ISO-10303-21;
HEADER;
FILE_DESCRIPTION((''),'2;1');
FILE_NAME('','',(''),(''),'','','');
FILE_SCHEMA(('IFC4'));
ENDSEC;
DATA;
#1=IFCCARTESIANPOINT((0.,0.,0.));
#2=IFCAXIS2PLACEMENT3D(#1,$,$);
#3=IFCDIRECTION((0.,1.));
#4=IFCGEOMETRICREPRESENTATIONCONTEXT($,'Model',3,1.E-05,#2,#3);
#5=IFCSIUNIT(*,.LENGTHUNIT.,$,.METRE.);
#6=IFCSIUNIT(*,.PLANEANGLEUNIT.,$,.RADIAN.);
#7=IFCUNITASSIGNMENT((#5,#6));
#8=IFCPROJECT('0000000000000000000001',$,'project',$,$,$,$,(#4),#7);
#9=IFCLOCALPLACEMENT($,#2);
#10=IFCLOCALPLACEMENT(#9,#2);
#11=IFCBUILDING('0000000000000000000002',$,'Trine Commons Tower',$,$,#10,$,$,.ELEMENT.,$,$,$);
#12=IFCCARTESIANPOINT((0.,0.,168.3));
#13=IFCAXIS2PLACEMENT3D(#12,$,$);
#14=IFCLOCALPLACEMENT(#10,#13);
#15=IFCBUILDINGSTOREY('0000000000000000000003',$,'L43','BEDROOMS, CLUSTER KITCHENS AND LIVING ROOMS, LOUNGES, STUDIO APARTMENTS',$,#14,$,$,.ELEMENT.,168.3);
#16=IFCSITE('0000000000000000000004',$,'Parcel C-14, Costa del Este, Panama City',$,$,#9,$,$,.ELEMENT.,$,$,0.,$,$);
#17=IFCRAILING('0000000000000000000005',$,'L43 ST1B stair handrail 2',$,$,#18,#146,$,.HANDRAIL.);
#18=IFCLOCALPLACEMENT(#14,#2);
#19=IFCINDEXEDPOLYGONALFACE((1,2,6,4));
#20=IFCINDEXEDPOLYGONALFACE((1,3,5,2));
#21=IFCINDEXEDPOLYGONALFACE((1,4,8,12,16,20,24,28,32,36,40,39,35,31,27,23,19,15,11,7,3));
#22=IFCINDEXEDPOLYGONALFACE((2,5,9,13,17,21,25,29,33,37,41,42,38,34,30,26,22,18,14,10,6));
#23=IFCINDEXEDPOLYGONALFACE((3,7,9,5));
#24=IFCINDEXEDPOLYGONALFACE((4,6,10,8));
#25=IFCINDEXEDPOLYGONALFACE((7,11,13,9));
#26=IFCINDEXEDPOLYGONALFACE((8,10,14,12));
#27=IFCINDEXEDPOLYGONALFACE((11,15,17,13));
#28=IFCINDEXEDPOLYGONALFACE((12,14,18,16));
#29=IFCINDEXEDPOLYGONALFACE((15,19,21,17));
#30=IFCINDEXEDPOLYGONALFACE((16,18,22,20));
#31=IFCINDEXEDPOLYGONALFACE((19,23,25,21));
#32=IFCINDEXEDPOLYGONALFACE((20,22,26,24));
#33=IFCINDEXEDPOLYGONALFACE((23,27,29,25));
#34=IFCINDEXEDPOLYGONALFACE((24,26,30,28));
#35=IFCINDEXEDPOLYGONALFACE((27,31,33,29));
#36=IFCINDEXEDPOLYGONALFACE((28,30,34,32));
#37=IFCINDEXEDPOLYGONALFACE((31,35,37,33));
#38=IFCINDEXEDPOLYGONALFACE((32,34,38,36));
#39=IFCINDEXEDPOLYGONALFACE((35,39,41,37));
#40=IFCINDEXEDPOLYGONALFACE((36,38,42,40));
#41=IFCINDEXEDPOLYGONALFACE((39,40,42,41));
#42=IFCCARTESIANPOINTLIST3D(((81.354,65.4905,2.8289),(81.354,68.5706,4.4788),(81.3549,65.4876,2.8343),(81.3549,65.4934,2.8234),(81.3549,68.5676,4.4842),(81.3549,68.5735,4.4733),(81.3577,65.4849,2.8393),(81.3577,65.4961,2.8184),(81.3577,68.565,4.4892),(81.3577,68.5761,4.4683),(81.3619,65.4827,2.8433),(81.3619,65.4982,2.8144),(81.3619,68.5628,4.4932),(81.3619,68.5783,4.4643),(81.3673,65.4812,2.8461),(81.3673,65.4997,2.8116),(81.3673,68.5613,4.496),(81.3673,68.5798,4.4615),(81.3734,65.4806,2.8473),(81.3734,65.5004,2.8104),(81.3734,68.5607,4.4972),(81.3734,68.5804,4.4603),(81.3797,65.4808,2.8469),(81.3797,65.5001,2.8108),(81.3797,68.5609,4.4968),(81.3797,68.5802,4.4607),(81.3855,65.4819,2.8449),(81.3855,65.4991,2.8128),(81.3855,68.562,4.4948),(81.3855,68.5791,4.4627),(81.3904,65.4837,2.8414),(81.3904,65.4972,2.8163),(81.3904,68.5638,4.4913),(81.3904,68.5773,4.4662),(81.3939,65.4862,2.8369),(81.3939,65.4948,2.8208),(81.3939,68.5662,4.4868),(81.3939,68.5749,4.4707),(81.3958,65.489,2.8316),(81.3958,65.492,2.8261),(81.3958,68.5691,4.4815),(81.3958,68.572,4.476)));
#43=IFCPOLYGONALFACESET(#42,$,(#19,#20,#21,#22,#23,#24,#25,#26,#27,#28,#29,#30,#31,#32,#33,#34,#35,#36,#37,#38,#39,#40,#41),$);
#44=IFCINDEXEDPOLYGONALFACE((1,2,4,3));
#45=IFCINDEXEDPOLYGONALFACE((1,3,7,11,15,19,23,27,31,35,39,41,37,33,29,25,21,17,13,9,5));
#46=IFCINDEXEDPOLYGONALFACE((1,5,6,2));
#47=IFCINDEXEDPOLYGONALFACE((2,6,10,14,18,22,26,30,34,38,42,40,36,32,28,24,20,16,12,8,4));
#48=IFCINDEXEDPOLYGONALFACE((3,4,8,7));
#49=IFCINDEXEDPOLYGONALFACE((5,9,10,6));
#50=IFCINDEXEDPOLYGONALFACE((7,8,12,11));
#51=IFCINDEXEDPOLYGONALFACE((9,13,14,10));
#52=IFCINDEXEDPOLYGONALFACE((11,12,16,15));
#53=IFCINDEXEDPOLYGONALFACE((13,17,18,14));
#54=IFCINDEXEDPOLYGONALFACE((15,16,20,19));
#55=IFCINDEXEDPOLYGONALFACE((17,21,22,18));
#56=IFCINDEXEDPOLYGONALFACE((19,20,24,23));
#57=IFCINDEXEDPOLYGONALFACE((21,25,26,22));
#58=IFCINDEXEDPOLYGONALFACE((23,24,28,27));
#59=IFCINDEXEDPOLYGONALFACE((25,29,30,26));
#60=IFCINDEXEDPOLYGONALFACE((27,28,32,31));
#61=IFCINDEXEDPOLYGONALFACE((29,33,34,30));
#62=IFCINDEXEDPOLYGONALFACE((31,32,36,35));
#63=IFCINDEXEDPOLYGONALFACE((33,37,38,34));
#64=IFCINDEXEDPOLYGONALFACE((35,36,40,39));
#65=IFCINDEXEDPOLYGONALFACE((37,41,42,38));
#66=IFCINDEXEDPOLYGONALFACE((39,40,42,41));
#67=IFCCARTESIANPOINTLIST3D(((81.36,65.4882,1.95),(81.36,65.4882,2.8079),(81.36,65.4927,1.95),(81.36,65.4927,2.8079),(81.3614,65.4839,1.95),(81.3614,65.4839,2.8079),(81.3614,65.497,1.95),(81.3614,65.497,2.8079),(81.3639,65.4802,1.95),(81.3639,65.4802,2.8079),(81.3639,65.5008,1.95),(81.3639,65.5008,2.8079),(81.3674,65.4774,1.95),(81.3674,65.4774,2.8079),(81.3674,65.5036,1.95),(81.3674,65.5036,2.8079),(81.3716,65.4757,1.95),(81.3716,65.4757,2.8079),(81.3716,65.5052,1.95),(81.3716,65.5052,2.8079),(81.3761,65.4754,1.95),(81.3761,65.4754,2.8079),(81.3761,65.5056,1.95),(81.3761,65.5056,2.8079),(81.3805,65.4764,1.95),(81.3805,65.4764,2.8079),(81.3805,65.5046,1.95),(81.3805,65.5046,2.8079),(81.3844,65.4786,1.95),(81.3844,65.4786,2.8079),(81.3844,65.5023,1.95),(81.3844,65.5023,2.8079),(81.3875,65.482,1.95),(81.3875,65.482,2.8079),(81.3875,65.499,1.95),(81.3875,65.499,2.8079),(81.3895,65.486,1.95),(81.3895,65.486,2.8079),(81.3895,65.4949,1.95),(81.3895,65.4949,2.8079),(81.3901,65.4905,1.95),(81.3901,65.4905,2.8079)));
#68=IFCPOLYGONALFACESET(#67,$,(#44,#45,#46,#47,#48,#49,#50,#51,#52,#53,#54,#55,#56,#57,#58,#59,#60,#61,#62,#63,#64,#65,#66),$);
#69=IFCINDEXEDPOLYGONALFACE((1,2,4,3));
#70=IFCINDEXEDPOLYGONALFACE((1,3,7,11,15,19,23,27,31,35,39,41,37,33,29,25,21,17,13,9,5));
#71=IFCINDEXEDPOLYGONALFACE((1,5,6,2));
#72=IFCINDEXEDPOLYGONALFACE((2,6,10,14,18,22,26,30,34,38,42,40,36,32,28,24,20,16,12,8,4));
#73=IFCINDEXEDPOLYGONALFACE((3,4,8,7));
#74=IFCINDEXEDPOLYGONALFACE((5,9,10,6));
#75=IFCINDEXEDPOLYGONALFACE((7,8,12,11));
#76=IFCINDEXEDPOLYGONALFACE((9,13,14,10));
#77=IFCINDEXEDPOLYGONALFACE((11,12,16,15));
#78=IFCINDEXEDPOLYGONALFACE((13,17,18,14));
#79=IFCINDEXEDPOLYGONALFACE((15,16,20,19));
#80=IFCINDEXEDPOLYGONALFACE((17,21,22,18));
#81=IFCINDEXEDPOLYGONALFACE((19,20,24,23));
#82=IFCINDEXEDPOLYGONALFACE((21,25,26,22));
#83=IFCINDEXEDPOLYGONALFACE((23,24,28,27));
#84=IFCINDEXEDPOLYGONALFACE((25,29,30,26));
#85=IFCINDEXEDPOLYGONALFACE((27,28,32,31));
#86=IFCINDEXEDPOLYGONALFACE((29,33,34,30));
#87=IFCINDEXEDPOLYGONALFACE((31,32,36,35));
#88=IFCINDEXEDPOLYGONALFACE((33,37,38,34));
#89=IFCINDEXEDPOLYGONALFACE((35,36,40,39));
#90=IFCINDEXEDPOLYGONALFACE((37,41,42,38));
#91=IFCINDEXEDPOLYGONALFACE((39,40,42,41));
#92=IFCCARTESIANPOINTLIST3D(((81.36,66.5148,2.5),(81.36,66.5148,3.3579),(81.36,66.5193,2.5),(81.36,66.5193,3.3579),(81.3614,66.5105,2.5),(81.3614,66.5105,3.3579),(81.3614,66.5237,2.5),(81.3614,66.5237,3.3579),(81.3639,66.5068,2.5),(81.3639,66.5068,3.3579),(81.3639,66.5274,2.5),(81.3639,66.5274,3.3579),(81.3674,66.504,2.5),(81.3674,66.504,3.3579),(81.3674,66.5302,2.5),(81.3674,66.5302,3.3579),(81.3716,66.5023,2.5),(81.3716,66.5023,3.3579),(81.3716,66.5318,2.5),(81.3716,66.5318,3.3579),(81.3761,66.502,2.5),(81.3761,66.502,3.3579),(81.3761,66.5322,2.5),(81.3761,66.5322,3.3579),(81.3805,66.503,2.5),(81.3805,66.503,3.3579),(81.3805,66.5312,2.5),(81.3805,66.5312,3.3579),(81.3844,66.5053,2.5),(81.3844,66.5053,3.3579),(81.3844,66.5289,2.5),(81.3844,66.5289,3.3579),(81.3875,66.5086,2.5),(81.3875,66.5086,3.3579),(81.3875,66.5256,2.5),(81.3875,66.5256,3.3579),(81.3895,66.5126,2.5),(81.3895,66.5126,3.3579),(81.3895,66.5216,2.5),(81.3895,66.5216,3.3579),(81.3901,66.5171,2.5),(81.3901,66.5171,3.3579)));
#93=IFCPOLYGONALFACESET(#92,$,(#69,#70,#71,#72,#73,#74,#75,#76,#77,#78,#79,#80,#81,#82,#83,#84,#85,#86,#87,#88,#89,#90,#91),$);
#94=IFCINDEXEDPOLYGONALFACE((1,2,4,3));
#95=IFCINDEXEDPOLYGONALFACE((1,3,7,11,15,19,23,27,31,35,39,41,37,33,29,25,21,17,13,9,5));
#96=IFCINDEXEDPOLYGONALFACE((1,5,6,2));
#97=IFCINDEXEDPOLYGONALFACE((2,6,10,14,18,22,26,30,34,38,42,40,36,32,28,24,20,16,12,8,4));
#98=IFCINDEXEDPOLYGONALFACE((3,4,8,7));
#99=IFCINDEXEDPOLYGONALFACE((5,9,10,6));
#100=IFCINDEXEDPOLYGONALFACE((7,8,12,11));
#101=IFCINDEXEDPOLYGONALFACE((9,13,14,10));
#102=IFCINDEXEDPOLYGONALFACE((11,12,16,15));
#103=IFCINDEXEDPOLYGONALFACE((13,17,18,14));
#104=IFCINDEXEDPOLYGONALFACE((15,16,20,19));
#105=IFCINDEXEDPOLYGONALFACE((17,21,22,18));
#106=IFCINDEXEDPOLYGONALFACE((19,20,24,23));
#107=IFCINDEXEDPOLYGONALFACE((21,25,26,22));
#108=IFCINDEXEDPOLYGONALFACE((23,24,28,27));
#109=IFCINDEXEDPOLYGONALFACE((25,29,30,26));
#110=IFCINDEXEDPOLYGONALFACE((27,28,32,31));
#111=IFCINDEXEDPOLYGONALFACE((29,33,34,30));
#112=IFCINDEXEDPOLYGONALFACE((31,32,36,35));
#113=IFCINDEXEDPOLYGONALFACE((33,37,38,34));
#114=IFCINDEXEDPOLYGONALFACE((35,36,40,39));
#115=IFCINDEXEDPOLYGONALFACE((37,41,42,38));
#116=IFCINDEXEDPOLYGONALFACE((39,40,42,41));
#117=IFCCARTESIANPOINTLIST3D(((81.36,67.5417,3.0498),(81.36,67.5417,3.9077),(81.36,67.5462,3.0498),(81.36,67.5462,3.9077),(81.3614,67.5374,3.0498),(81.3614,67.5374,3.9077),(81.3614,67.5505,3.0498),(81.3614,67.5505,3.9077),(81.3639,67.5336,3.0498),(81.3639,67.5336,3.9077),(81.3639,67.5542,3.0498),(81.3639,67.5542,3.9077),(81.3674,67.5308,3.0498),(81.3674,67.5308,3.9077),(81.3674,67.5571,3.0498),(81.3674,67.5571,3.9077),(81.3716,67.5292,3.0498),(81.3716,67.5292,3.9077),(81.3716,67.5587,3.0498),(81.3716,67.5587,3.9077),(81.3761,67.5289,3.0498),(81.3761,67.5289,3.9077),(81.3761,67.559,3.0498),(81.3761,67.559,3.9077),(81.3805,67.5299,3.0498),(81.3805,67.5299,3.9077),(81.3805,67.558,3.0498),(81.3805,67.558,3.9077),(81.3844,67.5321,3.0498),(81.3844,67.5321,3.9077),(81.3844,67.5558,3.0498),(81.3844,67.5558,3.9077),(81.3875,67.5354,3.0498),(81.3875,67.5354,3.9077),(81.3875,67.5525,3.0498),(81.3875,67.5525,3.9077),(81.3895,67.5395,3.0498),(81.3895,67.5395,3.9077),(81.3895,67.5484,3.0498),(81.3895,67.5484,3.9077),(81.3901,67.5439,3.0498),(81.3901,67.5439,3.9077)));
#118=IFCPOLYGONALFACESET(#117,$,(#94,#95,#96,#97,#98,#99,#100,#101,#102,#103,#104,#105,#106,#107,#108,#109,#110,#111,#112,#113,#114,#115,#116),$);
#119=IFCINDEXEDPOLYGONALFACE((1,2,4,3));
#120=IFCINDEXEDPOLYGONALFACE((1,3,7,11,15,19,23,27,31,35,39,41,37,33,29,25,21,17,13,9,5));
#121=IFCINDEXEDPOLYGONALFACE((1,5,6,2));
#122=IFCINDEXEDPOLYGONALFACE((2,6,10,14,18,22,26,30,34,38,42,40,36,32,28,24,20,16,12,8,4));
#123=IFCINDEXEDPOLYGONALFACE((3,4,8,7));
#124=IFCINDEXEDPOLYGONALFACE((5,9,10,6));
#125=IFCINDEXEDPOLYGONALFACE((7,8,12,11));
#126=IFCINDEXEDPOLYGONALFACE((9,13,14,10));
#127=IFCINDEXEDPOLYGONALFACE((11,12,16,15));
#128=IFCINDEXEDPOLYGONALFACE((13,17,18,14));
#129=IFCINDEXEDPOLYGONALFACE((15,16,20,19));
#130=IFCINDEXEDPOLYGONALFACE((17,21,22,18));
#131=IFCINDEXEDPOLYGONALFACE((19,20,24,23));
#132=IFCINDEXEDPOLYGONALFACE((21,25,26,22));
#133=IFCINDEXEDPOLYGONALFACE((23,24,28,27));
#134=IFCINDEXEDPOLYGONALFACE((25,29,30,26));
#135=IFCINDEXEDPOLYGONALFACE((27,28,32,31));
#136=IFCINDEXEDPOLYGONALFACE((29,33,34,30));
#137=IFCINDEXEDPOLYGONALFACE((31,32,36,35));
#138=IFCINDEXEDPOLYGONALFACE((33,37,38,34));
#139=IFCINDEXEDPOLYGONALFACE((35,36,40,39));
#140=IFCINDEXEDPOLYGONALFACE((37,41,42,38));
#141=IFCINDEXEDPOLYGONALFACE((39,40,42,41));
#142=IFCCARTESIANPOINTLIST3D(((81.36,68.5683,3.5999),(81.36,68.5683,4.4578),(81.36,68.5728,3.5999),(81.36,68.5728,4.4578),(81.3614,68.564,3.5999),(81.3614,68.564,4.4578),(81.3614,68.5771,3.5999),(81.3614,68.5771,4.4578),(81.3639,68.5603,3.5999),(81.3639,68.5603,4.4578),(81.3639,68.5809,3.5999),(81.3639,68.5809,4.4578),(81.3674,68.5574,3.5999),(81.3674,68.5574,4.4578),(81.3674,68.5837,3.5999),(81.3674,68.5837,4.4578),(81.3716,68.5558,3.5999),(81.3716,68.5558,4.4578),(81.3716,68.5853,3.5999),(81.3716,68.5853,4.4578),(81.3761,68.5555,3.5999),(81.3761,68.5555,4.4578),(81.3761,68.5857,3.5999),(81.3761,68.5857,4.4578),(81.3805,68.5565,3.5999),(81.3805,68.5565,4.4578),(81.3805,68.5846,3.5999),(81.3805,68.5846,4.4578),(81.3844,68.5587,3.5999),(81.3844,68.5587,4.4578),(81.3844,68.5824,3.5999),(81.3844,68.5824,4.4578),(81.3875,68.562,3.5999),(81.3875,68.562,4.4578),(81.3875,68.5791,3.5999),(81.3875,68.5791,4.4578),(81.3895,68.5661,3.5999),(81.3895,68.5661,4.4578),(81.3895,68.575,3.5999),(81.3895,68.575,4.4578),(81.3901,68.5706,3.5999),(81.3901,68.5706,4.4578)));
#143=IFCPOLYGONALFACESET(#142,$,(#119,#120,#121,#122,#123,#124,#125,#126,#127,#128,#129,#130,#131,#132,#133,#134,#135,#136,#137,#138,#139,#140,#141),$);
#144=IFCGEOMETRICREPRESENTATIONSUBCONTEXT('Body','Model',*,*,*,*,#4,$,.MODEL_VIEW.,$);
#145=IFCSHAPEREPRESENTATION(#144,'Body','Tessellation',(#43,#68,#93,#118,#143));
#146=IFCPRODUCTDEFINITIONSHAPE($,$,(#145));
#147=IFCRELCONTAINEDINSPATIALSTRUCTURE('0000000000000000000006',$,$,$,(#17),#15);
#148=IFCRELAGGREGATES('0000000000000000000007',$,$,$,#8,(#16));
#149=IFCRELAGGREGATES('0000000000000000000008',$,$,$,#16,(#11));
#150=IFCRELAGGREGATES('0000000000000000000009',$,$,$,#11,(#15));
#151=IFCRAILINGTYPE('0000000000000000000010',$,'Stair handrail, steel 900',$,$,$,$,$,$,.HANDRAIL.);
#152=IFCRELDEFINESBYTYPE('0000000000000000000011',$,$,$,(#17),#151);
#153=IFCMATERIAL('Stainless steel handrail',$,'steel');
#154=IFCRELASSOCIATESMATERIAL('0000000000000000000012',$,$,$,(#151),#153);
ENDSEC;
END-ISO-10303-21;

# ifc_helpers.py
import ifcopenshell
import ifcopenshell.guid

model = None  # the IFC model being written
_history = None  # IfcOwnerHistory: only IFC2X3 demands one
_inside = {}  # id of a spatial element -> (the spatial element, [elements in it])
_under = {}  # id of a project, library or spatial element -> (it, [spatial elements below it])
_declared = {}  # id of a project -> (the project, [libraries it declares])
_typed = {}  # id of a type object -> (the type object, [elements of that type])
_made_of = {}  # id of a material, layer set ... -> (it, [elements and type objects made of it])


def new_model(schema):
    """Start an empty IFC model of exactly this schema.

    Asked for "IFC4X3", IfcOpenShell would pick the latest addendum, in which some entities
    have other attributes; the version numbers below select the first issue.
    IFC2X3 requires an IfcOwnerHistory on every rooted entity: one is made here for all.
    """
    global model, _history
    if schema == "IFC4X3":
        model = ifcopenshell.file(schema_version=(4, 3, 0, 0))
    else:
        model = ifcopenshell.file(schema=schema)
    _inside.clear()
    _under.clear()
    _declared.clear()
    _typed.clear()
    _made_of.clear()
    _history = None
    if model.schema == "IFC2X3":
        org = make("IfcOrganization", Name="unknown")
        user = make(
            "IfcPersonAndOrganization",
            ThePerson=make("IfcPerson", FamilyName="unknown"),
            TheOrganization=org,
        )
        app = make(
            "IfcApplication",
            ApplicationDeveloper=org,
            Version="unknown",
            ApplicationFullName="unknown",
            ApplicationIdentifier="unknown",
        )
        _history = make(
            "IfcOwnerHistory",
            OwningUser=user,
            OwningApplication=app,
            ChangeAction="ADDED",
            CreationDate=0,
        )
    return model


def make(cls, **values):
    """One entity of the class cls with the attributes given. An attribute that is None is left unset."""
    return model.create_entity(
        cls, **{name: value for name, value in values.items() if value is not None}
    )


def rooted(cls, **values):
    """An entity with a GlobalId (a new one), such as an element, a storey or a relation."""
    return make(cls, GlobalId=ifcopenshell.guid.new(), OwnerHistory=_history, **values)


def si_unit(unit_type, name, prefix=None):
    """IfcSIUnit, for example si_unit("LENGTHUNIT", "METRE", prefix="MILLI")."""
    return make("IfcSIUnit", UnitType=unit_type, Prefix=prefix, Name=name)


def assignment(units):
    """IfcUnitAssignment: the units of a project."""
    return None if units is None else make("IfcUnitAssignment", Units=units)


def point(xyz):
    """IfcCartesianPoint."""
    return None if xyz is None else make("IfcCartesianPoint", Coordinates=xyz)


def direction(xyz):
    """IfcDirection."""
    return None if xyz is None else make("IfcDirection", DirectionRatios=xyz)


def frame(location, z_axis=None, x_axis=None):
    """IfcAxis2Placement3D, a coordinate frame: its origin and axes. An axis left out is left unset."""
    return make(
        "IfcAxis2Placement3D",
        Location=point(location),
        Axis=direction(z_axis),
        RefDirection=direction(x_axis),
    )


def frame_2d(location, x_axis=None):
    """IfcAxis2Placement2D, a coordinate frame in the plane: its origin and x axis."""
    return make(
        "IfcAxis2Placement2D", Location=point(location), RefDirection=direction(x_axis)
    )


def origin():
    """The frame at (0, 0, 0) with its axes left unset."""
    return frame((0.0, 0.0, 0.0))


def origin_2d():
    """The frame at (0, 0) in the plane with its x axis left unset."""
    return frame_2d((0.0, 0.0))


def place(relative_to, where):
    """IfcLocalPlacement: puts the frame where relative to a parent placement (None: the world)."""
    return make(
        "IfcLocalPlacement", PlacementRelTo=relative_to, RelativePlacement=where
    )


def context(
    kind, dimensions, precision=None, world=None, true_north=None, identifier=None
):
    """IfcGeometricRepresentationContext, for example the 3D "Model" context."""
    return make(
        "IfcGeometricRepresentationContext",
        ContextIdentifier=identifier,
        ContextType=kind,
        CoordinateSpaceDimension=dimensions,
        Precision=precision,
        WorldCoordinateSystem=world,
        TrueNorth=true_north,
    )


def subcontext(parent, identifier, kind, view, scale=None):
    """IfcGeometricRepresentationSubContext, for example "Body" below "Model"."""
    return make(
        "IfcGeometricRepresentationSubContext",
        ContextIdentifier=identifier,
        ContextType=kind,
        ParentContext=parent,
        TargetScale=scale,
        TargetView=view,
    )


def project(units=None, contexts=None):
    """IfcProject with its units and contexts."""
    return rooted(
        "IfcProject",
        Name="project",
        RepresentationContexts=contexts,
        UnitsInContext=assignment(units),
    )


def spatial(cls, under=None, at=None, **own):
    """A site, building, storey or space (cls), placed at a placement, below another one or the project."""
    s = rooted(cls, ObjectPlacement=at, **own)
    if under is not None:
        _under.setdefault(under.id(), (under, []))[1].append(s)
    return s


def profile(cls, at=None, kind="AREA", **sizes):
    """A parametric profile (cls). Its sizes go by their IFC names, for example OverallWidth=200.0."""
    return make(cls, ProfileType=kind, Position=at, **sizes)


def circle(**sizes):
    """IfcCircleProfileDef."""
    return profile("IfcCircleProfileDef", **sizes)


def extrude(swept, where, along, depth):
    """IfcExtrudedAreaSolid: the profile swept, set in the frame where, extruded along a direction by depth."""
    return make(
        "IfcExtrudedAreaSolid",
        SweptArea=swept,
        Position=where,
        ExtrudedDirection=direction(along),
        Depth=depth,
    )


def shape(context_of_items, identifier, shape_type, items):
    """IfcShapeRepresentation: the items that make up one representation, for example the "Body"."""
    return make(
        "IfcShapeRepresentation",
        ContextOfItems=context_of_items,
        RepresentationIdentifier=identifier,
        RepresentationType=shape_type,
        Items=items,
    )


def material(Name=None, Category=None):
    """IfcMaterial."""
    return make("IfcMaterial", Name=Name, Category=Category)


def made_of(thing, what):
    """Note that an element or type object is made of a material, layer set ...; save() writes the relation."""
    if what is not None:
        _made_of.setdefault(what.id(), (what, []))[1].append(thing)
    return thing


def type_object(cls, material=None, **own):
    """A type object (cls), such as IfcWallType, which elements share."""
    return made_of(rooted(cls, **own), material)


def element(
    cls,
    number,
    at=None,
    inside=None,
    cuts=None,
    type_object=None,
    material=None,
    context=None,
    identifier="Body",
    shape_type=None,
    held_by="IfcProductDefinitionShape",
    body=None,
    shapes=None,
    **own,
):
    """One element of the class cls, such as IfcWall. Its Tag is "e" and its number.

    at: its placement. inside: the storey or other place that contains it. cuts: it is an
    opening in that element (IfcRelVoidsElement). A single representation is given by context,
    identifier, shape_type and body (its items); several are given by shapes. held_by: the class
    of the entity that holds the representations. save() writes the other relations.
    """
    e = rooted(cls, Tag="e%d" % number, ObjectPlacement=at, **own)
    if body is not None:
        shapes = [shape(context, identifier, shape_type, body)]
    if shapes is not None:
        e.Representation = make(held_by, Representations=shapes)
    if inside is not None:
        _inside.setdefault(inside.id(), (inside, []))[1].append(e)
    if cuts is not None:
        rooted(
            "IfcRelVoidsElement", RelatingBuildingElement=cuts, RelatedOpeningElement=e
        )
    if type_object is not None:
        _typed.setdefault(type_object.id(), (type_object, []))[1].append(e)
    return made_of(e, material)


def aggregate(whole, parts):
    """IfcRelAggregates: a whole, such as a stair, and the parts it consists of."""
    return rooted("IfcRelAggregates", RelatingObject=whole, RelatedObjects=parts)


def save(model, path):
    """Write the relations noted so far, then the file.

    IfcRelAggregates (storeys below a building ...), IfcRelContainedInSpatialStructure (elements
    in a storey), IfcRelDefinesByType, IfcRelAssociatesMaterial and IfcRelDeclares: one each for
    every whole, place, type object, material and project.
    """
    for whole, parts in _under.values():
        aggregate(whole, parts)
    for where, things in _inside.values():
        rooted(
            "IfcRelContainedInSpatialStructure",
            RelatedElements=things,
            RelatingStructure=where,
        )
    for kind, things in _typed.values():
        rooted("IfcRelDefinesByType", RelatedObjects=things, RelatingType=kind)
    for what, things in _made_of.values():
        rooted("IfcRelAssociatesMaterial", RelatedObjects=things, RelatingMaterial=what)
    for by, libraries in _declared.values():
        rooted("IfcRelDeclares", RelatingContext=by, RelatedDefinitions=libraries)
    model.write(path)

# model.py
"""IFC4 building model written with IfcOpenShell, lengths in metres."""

from ifc_helpers import new_model, si_unit, direction, frame, origin, origin_2d, place, context, subcontext, project, spatial, circle, extrude, material, type_object, element, save


model = new_model("IFC4")

# Units and contexts
model_context = context("Model", 3, precision=1e-05, world=origin(), true_north=direction((0.0, 1.0)))
body_context = subcontext(model_context, "Body", "Model", "MODEL_VIEW")
ifc_project = project(units=[si_unit("LENGTHUNIT", "METRE"), si_unit("PLANEANGLEUNIT", "RADIAN")], contexts=[model_context])

# Site, building, storey
site_placement = place(None, origin())
site = spatial("IfcSite", under=ifc_project, at=site_placement, Name="Parcel C-14, Costa del Este, Panama City", CompositionType="ELEMENT", RefElevation=0.0)
building_placement = place(site_placement, origin())
building = spatial("IfcBuilding", under=site, at=building_placement, Name="Trine Commons Tower", CompositionType="ELEMENT")
storey_placement = place(building_placement, frame((0.0, 0.0, 168.3)))
storey = spatial("IfcBuildingStorey", under=building, at=storey_placement, Name="L43", Description="BEDROOMS, CLUSTER KITCHENS AND LIVING ROOMS, LOUNGES, STUDIO APARTMENTS", CompositionType="ELEMENT", Elevation=168.3)

# Railing
ifc_material_1 = material(Name="Stainless steel handrail", Category="steel")
railing_type_1 = type_object("IfcRailingType", Name="Stair handrail, steel 900", PredefinedType="HANDRAIL", material=ifc_material_1)
railing_1_placement = place(storey_placement, frame((81.375, 65.4905, 1.95)))
element("IfcRailing", 1, at=railing_1_placement, inside=storey, type_object=railing_type_1, Name="L43 ST1B stair handrail 2", PredefinedType="HANDRAIL", context=body_context, shape_type="SweptSolid", body=[
    extrude(circle(Radius=0.021, at=origin_2d()), frame((0.0, 0.0, 0.8789), z_axis=(0.0, 0.881497, 0.47219), x_axis=(-1.0, 0.0, 0.0)), (0.0, 0.0, 1.0), 3.4941),
    extrude(circle(Radius=0.0151, at=origin_2d()), origin(), (0.0, 0.0, 1.0), 0.8579),
    extrude(circle(Radius=0.0151, at=origin_2d()), frame((0.0, 1.0266, 0.55)), (0.0, 0.0, 1.0), 0.8579),
    extrude(circle(Radius=0.0151, at=origin_2d()), frame((0.0, 2.0535, 1.0999)), (0.0, 0.0, 1.0), 0.8579),
    extrude(circle(Radius=0.0151, at=origin_2d()), frame((0.0, 3.0801, 1.6499)), (0.0, 0.0, 1.0), 0.8579),
])

save(model, "model.ifc")
